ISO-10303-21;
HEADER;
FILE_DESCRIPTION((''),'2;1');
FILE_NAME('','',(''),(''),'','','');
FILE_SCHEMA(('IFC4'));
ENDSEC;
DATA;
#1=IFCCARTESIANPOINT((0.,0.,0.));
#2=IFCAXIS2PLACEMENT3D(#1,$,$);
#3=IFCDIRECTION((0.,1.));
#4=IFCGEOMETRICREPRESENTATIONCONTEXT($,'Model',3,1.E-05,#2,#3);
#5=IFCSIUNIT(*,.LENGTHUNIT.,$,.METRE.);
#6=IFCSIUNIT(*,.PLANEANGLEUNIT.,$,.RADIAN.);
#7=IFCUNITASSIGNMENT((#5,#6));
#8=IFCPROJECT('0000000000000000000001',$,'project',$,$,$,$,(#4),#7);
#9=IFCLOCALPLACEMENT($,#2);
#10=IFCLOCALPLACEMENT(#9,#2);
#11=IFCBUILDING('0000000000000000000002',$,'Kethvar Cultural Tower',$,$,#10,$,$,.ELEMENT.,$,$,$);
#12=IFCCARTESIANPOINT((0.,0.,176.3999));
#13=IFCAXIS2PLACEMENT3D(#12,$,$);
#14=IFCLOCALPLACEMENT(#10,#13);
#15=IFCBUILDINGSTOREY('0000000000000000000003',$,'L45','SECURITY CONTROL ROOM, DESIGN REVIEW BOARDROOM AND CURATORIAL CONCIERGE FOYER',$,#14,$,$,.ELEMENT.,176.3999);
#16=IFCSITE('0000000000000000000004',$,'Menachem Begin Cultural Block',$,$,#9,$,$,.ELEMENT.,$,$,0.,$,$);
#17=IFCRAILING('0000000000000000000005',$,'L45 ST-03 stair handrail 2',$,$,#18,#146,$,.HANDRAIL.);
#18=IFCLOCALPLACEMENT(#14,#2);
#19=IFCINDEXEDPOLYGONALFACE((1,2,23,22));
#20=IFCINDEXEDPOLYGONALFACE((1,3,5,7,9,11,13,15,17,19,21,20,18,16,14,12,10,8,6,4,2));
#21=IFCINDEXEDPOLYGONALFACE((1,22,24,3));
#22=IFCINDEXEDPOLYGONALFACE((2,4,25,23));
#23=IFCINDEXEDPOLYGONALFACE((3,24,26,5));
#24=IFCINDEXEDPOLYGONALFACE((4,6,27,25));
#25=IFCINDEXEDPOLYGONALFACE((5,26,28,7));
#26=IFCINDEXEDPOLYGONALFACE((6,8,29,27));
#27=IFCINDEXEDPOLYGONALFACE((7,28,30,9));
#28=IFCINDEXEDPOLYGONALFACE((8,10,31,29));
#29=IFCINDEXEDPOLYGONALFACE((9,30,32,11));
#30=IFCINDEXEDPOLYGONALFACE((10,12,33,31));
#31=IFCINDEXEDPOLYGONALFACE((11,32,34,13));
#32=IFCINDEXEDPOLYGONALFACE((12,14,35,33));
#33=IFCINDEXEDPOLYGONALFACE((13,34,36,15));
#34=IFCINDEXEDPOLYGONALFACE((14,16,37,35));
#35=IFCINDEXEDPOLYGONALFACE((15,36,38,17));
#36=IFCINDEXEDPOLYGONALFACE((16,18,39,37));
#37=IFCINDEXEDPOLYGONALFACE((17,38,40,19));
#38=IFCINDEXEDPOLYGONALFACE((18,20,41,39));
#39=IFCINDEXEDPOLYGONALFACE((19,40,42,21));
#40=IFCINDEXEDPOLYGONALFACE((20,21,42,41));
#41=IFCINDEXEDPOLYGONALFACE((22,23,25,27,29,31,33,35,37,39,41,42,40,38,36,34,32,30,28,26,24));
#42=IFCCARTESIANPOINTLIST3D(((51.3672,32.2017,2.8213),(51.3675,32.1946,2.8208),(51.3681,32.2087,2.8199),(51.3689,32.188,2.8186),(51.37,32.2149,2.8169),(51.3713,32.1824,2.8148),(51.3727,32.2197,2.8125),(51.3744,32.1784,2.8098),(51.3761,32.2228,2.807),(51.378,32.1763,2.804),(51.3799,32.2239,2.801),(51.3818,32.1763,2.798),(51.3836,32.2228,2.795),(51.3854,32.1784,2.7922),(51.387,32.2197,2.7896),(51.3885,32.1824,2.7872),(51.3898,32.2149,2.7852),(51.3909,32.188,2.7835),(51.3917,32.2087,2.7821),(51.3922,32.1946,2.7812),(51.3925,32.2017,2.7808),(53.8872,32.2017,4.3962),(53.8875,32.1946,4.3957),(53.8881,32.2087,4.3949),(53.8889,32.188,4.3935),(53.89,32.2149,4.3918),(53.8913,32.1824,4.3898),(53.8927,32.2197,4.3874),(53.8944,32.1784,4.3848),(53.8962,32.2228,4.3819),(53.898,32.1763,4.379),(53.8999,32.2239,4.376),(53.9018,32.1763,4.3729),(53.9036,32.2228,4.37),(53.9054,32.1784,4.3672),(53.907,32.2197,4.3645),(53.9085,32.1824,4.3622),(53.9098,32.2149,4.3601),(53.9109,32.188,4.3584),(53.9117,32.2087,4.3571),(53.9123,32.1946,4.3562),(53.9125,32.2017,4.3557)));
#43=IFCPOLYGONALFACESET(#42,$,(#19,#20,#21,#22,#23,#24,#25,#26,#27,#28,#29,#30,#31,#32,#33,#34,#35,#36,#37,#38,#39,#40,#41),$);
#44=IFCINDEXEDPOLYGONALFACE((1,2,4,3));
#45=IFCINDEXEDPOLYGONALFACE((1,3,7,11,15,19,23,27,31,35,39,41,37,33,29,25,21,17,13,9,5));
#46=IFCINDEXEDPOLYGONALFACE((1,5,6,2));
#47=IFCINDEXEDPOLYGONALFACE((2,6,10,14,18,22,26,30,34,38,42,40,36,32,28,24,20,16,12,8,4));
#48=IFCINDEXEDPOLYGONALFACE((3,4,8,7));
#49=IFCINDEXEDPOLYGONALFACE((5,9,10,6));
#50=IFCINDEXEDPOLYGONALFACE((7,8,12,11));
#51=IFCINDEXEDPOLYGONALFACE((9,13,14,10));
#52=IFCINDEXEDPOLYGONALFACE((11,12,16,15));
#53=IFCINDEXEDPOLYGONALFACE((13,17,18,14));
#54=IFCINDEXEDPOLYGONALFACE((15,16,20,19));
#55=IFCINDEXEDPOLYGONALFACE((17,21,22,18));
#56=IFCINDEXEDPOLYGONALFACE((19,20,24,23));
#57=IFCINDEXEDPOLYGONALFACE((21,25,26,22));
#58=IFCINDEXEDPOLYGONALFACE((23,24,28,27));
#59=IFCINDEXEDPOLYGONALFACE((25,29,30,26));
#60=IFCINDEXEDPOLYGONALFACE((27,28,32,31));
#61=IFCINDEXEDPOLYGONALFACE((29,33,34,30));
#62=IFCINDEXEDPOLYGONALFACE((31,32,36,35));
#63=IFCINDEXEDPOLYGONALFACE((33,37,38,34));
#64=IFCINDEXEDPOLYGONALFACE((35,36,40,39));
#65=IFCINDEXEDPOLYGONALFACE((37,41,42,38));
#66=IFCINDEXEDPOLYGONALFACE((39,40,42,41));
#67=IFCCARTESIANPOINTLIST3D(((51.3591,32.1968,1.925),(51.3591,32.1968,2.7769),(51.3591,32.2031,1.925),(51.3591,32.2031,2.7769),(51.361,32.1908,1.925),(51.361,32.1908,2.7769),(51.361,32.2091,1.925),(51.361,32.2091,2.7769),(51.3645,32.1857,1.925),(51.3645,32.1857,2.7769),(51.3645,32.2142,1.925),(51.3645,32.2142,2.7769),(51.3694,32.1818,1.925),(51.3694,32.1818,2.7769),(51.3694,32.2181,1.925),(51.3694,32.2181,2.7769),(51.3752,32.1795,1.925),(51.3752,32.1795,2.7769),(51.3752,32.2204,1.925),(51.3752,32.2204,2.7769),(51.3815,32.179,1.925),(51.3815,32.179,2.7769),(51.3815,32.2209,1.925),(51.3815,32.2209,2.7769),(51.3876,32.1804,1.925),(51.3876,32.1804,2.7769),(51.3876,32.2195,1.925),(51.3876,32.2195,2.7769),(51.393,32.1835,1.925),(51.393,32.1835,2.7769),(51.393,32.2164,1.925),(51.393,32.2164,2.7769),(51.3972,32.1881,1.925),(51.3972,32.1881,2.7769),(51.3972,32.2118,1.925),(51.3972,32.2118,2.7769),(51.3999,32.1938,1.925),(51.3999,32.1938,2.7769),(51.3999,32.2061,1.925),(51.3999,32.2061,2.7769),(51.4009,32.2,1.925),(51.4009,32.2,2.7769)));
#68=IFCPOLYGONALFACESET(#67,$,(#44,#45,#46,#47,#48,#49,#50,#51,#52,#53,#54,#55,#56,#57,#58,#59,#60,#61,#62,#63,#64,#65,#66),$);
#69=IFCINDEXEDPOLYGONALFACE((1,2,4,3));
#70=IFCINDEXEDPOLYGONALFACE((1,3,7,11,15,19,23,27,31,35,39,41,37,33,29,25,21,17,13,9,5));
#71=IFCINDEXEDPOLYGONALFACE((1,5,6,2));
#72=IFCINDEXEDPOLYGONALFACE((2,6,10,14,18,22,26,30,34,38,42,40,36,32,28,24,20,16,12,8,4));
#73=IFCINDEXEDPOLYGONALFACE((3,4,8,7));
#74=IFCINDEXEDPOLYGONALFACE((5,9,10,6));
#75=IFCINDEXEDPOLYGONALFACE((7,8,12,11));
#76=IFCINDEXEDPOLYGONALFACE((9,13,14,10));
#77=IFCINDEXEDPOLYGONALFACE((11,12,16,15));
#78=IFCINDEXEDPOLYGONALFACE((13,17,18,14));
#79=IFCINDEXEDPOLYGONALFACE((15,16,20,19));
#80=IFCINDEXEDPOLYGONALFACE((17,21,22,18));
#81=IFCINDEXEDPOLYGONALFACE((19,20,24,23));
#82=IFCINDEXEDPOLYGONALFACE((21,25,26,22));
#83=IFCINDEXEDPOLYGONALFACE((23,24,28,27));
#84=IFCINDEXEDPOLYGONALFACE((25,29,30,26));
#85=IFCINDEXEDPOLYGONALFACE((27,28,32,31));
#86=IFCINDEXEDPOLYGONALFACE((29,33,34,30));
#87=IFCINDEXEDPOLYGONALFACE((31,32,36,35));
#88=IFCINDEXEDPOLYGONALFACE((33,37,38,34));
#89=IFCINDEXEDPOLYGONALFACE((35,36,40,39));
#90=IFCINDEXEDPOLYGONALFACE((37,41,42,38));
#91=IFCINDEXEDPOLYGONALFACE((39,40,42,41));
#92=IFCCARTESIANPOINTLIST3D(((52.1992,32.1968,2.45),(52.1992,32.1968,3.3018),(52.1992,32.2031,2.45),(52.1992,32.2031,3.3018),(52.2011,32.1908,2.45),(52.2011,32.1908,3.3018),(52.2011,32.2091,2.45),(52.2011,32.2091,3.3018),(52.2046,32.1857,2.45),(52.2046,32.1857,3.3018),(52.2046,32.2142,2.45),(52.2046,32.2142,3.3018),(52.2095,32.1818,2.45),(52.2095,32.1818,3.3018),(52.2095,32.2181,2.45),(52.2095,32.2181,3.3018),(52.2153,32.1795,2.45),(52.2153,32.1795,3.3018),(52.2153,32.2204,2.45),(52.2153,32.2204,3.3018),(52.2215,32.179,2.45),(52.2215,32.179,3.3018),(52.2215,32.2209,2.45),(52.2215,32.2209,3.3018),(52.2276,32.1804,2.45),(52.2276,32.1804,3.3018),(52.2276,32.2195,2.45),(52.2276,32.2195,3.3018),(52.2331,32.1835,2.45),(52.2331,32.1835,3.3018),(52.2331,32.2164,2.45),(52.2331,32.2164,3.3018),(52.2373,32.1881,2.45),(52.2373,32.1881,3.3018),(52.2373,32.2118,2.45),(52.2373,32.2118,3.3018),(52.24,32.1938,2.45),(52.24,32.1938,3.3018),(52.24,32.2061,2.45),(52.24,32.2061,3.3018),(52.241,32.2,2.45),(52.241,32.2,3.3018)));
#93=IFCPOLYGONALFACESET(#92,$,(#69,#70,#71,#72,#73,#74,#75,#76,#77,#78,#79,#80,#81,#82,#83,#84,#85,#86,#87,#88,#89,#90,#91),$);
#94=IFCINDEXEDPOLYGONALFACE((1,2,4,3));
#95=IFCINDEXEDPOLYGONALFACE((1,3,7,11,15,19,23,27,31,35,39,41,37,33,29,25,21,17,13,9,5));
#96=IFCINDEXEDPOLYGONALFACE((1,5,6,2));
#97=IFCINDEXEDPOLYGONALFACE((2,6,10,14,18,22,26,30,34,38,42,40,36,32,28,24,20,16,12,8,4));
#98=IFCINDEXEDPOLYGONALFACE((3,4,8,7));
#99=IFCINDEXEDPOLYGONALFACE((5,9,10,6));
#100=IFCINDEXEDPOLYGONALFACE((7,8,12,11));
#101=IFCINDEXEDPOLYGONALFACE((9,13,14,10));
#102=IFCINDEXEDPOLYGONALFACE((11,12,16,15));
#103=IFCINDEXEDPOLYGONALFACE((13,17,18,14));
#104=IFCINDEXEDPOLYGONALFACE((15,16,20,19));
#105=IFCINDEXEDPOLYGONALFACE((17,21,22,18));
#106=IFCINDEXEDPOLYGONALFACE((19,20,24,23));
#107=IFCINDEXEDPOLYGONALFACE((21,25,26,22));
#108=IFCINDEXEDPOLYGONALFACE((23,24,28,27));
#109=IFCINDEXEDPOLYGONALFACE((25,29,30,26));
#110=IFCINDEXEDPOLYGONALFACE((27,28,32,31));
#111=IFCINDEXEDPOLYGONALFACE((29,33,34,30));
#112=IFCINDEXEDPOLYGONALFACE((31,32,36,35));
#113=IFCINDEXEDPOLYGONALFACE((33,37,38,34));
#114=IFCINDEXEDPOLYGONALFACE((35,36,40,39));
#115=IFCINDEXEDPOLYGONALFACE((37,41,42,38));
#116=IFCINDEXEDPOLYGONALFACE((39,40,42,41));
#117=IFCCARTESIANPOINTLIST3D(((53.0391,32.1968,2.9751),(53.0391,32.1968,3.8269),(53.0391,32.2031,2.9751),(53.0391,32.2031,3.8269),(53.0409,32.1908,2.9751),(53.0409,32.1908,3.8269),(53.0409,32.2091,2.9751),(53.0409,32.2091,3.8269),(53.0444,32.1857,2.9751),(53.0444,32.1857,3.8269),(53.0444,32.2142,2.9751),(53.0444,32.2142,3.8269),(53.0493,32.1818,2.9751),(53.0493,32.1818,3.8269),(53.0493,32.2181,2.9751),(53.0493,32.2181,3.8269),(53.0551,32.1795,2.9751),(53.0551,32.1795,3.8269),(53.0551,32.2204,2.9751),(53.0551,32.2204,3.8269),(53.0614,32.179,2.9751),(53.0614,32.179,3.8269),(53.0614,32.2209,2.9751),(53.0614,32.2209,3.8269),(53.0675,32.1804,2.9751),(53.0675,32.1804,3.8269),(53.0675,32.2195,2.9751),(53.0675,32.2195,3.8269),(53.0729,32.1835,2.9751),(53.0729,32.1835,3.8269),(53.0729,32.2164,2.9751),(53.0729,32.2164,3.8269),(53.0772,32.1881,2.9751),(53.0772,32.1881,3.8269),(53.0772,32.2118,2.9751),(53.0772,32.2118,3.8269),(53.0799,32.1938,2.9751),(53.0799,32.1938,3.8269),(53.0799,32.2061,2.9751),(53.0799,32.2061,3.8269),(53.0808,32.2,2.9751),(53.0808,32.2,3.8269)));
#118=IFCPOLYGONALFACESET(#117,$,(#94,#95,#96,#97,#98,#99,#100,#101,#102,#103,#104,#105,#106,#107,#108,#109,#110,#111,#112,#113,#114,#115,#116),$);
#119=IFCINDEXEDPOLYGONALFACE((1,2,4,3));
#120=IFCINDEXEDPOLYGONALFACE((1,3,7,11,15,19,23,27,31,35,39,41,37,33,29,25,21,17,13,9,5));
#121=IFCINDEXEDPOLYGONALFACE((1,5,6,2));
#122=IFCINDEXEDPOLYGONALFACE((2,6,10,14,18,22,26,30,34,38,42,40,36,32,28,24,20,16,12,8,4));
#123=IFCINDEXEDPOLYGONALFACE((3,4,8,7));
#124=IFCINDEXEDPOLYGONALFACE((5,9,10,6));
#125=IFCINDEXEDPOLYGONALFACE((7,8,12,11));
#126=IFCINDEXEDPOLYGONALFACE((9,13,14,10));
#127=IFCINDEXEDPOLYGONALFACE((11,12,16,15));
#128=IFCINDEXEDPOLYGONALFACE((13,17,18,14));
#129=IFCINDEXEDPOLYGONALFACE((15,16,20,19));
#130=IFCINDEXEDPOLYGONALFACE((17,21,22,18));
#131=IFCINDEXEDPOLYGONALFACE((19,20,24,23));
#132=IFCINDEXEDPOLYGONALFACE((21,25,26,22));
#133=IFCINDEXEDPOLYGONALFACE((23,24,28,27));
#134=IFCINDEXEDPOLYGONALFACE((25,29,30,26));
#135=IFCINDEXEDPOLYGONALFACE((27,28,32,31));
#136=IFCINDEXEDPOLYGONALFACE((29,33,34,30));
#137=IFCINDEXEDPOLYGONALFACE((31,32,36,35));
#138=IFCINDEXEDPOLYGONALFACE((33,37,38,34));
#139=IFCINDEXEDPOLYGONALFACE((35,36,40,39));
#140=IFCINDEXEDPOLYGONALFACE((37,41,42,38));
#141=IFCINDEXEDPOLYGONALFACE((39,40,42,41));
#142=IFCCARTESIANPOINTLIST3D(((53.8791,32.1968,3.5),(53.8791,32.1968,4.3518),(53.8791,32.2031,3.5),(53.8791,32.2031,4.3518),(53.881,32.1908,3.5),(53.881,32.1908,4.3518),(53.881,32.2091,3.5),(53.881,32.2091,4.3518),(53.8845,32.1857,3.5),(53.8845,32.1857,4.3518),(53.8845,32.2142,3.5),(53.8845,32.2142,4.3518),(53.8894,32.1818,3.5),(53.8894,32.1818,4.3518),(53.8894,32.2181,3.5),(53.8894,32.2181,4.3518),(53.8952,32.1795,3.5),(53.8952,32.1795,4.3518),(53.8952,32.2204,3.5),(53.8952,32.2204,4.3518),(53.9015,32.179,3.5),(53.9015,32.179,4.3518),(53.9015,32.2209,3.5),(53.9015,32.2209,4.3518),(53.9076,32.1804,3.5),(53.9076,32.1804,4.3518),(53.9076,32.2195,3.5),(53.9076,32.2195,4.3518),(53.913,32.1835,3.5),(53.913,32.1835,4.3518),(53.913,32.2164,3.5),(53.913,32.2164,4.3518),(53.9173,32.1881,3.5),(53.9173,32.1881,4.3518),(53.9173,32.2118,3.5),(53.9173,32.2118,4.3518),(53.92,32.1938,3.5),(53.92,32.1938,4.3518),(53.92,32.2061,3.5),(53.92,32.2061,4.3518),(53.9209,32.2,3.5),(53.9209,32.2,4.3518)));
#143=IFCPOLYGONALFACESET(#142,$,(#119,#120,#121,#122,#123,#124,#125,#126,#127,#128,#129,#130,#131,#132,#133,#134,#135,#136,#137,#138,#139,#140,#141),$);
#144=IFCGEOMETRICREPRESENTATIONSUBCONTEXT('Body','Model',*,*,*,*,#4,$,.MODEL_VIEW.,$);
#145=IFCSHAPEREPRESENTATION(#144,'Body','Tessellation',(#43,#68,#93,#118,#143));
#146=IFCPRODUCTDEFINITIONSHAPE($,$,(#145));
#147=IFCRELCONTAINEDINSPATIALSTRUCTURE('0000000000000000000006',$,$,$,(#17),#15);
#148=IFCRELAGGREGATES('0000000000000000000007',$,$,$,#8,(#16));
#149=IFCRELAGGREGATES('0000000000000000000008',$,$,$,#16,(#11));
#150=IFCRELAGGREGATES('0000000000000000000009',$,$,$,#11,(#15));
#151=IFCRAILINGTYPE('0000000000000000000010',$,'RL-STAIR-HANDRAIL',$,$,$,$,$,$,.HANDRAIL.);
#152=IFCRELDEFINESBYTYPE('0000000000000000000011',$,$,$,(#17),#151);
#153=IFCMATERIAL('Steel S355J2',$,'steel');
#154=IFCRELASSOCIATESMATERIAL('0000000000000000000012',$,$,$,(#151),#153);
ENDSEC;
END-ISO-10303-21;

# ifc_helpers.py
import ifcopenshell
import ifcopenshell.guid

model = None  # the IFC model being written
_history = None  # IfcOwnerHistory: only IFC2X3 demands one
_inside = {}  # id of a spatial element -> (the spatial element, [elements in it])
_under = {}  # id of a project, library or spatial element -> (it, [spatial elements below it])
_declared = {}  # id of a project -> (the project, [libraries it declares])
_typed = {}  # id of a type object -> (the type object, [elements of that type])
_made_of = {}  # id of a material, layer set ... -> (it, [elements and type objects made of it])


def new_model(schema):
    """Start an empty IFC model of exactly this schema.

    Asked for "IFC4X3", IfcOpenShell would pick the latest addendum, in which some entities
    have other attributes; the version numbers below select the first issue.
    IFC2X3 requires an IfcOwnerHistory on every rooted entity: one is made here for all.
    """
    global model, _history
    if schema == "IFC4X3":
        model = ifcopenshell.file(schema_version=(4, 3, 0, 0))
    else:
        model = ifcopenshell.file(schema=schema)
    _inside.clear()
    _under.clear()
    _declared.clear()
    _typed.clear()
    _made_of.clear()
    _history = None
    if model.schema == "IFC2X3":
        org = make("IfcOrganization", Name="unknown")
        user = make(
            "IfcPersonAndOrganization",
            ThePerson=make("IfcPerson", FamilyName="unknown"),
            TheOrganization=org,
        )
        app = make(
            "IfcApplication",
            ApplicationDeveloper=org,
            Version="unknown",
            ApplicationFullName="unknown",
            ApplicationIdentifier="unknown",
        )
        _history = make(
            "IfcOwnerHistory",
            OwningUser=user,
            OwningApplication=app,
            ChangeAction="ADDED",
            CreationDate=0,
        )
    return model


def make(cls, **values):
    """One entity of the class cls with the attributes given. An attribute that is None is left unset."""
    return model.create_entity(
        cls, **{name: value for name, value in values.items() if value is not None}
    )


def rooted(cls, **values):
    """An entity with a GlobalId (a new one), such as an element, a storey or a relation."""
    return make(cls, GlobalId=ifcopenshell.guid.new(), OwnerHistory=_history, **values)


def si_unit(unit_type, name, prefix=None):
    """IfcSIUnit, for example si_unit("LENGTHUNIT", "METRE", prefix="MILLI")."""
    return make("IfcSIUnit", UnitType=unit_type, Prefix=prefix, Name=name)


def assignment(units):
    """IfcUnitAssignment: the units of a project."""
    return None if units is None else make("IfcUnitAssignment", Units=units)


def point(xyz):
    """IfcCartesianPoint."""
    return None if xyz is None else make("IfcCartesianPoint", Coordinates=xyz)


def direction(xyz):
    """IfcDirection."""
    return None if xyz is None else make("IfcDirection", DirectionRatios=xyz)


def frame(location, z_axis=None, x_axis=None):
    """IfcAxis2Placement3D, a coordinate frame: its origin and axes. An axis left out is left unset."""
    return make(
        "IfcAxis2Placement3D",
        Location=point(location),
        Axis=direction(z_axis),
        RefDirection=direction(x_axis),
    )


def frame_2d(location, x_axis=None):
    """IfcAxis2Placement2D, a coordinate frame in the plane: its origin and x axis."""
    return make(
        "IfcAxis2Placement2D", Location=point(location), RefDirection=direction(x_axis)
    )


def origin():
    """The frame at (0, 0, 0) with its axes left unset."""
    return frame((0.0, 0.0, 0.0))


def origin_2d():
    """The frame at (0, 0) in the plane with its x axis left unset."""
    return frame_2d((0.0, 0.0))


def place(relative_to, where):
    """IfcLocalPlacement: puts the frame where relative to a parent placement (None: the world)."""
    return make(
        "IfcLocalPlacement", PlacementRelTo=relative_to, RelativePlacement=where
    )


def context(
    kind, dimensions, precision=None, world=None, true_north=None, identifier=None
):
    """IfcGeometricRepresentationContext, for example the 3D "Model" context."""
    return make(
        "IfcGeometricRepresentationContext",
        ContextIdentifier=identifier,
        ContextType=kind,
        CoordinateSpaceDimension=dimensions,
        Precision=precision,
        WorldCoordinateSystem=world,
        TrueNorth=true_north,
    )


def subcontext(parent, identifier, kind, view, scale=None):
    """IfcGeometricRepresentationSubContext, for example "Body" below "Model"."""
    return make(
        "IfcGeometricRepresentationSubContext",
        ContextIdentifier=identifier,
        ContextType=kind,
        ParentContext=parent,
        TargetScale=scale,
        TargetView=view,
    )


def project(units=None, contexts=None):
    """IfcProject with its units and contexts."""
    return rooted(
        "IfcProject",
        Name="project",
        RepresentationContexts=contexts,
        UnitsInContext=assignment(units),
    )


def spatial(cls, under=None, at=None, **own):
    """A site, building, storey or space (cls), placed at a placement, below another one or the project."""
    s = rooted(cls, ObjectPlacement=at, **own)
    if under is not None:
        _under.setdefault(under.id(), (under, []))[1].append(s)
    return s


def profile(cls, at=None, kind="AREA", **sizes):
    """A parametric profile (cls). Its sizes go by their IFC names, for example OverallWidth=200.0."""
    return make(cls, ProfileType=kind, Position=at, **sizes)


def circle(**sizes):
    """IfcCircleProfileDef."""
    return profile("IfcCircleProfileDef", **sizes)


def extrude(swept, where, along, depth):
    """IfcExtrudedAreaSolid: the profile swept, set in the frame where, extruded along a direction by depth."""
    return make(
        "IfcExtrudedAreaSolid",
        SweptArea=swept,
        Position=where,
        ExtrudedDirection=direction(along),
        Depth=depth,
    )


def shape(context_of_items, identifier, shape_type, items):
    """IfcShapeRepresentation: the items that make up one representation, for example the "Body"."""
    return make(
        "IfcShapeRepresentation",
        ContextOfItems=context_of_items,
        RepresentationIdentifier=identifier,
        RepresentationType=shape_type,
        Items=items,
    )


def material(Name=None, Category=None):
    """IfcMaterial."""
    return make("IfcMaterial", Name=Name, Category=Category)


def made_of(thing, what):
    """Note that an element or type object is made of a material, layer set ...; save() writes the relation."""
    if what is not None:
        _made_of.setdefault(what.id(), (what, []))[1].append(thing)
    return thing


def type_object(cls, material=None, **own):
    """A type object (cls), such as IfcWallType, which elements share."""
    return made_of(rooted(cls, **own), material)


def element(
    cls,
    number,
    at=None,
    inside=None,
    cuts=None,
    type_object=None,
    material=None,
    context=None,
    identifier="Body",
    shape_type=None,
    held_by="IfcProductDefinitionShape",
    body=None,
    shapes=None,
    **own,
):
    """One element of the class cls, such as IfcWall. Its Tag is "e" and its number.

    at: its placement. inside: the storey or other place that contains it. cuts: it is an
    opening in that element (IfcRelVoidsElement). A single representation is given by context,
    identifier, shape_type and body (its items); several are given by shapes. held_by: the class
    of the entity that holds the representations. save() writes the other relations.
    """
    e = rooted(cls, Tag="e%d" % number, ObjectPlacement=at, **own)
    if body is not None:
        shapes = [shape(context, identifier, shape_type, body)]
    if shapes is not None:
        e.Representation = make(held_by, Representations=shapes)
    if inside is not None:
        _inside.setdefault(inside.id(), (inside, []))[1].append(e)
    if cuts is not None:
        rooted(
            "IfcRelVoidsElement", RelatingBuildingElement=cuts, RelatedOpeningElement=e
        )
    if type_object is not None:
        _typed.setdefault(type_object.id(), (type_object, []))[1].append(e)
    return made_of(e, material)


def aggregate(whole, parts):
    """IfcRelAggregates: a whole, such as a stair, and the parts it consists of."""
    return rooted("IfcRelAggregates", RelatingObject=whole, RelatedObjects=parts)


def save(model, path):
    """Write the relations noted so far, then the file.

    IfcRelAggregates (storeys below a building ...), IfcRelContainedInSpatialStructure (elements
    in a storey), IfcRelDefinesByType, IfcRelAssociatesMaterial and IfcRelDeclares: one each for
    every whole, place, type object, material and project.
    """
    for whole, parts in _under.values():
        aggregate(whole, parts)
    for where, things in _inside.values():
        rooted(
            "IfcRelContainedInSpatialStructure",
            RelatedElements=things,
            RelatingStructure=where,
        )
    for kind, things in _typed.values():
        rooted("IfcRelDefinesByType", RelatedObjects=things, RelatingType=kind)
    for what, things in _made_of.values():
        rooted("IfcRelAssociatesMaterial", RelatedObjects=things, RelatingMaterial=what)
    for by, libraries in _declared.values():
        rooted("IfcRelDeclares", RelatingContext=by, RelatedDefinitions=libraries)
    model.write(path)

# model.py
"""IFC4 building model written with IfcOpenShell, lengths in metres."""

from ifc_helpers import new_model, si_unit, direction, frame, origin, origin_2d, place, context, subcontext, project, spatial, circle, extrude, material, type_object, element, save


model = new_model("IFC4")

# Units and contexts
model_context = context("Model", 3, precision=1e-05, world=origin(), true_north=direction((0.0, 1.0)))
body_context = subcontext(model_context, "Body", "Model", "MODEL_VIEW")
ifc_project = project(units=[si_unit("LENGTHUNIT", "METRE"), si_unit("PLANEANGLEUNIT", "RADIAN")], contexts=[model_context])

# Site, building, storey
site_placement = place(None, origin())
site = spatial("IfcSite", under=ifc_project, at=site_placement, Name="Menachem Begin Cultural Block", CompositionType="ELEMENT", RefElevation=0.0)
building_placement = place(site_placement, origin())
building = spatial("IfcBuilding", under=site, at=building_placement, Name="Kethvar Cultural Tower", CompositionType="ELEMENT")
storey_placement = place(building_placement, frame((0.0, 0.0, 176.3999)))
storey = spatial("IfcBuildingStorey", under=building, at=storey_placement, Name="L45", Description="SECURITY CONTROL ROOM, DESIGN REVIEW BOARDROOM AND CURATORIAL CONCIERGE FOYER", CompositionType="ELEMENT", Elevation=176.3999)

# Shared definitions
ifc_material_1 = material(Name="Steel S355J2", Category="steel")

# Railing
railing_type_1 = type_object("IfcRailingType", Name="RL-STAIR-HANDRAIL", PredefinedType="HANDRAIL", material=ifc_material_1)
railing_1_placement = place(storey_placement, frame((51.3799, 32.2, 1.925)))
element("IfcRailing", 1, at=railing_1_placement, inside=storey, type_object=railing_type_1, Name="L45 ST-03 stair handrail 2", PredefinedType="HANDRAIL", context=body_context, shape_type="SweptSolid", body=[
    extrude(circle(Radius=0.0239, at=origin_2d()), frame((0.0, 0.0, 0.876), z_axis=(0.848008, 0.0, 0.529984), x_axis=(0.0, 1.0, 0.0)), (0.0, 0.0, 1.0), 2.9717),
    extrude(circle(Radius=0.021, at=origin_2d()), origin(), (0.0, 0.0, 1.0), 0.8518),
    extrude(circle(Radius=0.021, at=origin_2d()), frame((0.8401, 0.0, 0.5249)), (0.0, 0.0, 1.0), 0.8518),
    extrude(circle(Radius=0.021, at=origin_2d()), frame((1.6799, 0.0, 1.05)), (0.0, 0.0, 1.0), 0.8518),
    extrude(circle(Radius=0.021, at=origin_2d()), frame((2.52, 0.0, 1.575)), (0.0, 0.0, 1.0), 0.8518),
])

save(model, "model.ifc")
